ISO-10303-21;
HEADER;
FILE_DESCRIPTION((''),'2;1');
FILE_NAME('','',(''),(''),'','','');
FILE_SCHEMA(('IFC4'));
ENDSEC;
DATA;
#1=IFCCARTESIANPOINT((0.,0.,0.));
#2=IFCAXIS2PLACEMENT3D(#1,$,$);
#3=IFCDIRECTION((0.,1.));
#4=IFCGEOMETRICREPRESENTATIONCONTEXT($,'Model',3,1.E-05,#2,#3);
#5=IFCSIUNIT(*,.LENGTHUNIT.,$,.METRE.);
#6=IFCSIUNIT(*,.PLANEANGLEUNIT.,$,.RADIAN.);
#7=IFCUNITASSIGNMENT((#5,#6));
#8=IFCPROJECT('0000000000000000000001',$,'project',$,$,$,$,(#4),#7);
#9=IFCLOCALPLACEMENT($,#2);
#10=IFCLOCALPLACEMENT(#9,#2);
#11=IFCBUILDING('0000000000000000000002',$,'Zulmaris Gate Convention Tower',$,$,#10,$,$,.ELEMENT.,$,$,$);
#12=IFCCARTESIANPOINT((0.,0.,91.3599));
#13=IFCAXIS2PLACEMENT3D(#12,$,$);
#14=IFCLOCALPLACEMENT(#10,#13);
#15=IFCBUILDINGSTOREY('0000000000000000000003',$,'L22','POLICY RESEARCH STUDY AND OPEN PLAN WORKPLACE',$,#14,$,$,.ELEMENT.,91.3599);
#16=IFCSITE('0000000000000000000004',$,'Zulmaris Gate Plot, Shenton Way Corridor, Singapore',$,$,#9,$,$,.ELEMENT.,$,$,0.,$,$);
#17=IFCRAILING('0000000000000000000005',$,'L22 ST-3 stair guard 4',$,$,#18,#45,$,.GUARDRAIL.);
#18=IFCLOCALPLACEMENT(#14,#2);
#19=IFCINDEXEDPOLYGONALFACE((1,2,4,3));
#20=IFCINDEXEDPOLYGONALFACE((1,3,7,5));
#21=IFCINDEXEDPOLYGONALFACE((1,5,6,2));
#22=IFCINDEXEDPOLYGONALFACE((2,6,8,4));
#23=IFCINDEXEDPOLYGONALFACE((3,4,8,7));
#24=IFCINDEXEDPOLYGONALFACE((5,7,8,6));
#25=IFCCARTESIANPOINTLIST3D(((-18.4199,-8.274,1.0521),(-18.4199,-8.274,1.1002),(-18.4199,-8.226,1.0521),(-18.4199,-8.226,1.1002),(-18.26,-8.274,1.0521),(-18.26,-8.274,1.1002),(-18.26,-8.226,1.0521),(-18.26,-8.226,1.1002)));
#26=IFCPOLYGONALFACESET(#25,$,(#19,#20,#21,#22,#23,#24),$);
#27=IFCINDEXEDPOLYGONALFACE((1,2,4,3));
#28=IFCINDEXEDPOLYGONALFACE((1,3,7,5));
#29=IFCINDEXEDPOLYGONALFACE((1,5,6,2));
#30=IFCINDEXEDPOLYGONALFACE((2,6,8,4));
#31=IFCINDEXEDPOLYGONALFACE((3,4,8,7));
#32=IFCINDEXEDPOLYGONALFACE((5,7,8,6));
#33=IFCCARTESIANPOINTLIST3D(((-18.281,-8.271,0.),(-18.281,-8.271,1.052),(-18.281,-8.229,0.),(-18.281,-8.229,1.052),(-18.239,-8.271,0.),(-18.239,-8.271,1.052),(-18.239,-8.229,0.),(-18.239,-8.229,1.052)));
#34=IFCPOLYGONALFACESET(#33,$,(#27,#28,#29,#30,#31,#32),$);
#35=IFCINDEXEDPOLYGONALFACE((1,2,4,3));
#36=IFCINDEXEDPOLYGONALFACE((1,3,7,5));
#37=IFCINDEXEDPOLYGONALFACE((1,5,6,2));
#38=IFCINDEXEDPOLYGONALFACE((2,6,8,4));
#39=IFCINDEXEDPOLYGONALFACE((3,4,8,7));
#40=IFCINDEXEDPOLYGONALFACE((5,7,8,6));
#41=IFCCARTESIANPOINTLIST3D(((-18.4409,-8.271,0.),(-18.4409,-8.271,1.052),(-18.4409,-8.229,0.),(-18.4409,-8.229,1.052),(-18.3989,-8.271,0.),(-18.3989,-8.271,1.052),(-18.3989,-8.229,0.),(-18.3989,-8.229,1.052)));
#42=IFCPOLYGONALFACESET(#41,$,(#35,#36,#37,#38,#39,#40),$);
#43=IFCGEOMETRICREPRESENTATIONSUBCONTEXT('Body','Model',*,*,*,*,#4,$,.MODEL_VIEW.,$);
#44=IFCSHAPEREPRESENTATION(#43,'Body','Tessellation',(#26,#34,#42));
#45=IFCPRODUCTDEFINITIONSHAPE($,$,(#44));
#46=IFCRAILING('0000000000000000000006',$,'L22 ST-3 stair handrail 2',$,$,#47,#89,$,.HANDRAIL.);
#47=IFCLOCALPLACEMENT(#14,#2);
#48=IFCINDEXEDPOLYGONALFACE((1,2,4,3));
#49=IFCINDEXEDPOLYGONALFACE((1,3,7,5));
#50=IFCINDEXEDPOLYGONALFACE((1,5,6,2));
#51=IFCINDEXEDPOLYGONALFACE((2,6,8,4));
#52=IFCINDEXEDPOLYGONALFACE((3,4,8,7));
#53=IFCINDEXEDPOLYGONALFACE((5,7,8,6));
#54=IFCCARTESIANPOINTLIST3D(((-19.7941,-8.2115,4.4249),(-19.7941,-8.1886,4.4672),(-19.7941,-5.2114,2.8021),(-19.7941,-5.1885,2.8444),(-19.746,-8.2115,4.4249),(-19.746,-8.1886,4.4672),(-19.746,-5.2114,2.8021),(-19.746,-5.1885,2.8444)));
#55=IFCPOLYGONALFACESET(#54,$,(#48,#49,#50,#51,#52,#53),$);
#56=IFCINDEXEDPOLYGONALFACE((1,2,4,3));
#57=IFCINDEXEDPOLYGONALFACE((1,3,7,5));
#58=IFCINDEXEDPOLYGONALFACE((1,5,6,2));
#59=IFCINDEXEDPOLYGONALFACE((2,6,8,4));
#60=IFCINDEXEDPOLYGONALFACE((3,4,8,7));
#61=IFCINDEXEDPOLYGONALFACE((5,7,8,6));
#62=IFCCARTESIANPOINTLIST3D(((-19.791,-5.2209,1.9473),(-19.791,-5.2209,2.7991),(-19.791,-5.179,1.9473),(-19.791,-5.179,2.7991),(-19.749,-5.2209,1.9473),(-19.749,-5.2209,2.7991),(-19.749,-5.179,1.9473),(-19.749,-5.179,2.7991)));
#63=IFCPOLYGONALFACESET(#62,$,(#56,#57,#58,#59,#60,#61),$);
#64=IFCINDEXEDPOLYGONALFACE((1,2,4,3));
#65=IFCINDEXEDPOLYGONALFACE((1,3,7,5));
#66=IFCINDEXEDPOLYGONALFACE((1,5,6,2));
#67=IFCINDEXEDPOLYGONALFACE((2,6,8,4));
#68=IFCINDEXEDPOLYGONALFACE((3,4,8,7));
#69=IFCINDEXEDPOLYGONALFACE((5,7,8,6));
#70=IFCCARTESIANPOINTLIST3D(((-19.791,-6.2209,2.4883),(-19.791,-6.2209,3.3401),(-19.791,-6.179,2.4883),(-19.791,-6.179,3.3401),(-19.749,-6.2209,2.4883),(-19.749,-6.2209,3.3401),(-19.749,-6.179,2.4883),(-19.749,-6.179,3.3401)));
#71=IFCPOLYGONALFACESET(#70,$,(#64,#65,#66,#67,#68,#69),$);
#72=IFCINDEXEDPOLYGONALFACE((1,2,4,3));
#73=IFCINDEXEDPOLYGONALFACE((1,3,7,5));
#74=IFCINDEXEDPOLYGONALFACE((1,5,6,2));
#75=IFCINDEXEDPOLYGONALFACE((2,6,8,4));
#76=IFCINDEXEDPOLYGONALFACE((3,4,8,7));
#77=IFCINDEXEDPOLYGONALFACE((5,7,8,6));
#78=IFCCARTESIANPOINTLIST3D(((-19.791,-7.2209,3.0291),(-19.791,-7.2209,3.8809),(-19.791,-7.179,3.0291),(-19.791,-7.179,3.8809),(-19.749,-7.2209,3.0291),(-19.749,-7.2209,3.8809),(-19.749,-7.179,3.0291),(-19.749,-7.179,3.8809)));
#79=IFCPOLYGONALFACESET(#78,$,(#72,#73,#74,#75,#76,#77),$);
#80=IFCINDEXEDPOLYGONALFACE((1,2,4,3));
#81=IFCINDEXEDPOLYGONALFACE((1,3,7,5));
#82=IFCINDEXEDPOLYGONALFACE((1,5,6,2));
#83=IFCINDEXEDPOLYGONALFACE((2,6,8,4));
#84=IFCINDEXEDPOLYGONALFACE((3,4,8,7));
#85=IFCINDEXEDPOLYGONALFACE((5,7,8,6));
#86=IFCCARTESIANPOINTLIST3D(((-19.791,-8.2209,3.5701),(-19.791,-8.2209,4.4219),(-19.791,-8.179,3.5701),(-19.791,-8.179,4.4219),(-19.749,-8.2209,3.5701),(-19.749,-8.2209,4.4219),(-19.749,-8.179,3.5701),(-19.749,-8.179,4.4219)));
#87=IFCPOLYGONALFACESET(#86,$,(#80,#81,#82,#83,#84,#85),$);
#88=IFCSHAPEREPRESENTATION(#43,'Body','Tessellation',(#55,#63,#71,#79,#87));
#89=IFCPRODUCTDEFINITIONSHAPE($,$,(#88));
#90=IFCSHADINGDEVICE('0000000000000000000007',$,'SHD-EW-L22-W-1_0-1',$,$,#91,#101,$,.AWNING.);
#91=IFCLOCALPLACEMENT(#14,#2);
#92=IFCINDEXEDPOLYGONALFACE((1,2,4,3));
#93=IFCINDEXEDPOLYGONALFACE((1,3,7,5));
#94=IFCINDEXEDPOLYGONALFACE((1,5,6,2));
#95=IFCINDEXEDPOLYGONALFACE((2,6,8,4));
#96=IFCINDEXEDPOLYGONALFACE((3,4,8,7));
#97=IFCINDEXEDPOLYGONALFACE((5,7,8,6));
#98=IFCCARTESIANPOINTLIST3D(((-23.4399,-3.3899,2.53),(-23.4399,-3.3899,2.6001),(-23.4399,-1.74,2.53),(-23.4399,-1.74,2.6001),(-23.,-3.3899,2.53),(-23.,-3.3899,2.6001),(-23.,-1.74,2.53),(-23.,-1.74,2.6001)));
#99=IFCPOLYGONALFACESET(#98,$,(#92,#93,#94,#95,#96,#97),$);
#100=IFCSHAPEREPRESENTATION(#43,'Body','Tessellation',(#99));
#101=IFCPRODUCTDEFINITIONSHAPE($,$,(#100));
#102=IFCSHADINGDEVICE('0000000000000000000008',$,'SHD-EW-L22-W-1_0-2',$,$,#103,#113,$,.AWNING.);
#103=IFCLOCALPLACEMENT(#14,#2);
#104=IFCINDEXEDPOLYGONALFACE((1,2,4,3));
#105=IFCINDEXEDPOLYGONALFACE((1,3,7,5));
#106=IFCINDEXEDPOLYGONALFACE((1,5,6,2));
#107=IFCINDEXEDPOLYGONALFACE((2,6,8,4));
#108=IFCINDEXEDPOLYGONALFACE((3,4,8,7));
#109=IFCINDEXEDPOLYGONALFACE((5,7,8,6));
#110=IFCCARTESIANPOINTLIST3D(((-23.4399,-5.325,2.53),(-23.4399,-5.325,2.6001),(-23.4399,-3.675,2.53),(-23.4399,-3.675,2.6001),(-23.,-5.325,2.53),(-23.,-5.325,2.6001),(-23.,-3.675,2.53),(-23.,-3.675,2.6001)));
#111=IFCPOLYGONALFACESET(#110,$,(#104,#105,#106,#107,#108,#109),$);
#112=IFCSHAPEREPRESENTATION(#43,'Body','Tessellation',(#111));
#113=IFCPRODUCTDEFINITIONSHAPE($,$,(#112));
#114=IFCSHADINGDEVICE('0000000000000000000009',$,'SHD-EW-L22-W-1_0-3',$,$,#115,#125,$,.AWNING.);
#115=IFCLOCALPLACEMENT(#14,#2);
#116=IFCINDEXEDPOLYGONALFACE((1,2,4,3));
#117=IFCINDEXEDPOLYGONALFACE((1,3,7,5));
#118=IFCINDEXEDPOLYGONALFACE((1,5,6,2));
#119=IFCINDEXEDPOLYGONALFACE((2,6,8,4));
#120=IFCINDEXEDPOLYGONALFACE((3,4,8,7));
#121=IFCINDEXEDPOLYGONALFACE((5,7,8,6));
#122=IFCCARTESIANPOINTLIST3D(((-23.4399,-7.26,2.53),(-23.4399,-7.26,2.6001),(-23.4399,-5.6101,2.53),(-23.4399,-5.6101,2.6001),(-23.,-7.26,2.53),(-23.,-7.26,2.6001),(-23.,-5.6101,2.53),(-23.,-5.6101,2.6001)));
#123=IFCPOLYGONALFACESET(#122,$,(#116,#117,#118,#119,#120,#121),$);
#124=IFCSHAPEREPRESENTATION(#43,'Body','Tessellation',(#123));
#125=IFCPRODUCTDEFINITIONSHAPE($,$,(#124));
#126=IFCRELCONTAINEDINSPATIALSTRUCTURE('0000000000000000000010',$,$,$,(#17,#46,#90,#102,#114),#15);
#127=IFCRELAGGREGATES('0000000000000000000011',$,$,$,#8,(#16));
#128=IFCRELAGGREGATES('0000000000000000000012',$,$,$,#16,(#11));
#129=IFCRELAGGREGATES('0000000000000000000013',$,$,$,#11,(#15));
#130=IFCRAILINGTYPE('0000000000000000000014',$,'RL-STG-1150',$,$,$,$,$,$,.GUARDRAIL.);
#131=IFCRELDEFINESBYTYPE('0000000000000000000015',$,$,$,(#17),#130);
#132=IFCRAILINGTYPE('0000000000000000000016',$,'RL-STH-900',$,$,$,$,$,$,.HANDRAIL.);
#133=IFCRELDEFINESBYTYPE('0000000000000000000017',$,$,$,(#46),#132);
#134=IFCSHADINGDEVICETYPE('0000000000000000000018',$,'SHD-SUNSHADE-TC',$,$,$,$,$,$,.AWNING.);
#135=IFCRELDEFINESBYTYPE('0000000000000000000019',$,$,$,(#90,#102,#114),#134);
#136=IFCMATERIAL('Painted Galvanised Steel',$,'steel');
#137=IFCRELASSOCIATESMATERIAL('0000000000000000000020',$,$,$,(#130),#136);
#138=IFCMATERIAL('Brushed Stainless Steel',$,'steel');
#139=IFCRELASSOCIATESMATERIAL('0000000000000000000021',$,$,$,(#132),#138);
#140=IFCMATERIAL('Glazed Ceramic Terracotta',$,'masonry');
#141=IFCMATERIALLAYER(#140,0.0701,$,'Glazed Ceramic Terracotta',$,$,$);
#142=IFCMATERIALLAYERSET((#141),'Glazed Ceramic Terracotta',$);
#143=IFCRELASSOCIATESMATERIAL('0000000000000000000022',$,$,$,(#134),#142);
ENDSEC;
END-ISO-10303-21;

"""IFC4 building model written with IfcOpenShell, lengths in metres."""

from ifc_helpers import new_model, si_unit, direction, frame, frame_2d, origin, origin_2d, place, context, subcontext, project, spatial, rectangle, extrude, material, layer, layer_set, type_object, element, save


model = new_model("IFC4")

# Units and contexts
model_context = context("Model", 3, precision=1e-05, world=origin(), true_north=direction((0.0, 1.0)))
body_context = subcontext(model_context, "Body", "Model", "MODEL_VIEW")
ifc_project = project(units=[si_unit("LENGTHUNIT", "METRE"), si_unit("PLANEANGLEUNIT", "RADIAN")], contexts=[model_context])

# Site, building, storey
site_placement = place(None, origin())
site = spatial("IfcSite", under=ifc_project, at=site_placement, Name="Zulmaris Gate Plot, Shenton Way Corridor, Singapore", CompositionType="ELEMENT", RefElevation=0.0)
building_placement = place(site_placement, origin())
building = spatial("IfcBuilding", under=site, at=building_placement, Name="Zulmaris Gate Convention Tower", CompositionType="ELEMENT")
storey_placement = place(building_placement, frame((0.0, 0.0, 91.3599)))
storey = spatial("IfcBuildingStorey", under=building, at=storey_placement, Name="L22", Description="POLICY RESEARCH STUDY AND OPEN PLAN WORKPLACE", CompositionType="ELEMENT", Elevation=91.3599)

# Railings
ifc_material_1 = material(Name="Painted Galvanised Steel", Category="steel")
railing_type_1 = type_object("IfcRailingType", Name="RL-STG-1150", PredefinedType="GUARDRAIL", material=ifc_material_1)
railing_1_placement = place(storey_placement, frame((-18.26, -8.25, 0.0)))
element("IfcRailing", 1, at=railing_1_placement, inside=storey, type_object=railing_type_1, Name="L22 ST-3 stair guard 4", PredefinedType="GUARDRAIL", context=body_context, shape_type="SweptSolid", body=[
    extrude(rectangle(XDim=0.0481, YDim=0.0481, at=origin_2d()), frame((0.0, 0.0, 1.0762), z_axis=(-1.0, 0.0, 0.0), x_axis=(0.0, -1.0, 0.0)), (0.0, 0.0, 1.0), 0.1599),
    extrude(rectangle(XDim=0.042, YDim=0.042, at=origin_2d()), origin(), (0.0, 0.0, 1.0), 1.052),
    extrude(rectangle(XDim=0.042, YDim=0.042, at=origin_2d()), frame((-0.1599, 0.0, 0.0)), (0.0, 0.0, 1.0), 1.052),
])
ifc_material_2 = material(Name="Brushed Stainless Steel", Category="steel")
railing_type_2 = type_object("IfcRailingType", Name="RL-STH-900", PredefinedType="HANDRAIL", material=ifc_material_2)
railing_2_placement = place(storey_placement, frame((-19.77, -5.2, 1.9473)))
element("IfcRailing", 2, at=railing_2_placement, inside=storey, type_object=railing_type_2, Name="L22 ST-3 stair handrail 2", PredefinedType="HANDRAIL", context=body_context, shape_type="SweptSolid", body=[
    extrude(rectangle(XDim=0.0481, YDim=0.0481, at=origin_2d()), frame((0.0, 0.0, 0.876), z_axis=(0.0, -0.879562, 0.475785), x_axis=(1.0, 0.0, 0.0)), (0.0, 0.0, 1.0), 3.4109),
    extrude(rectangle(XDim=0.042, YDim=0.042, at=origin_2d()), origin(), (0.0, 0.0, 1.0), 0.8518),
    extrude(rectangle(XDim=0.042, YDim=0.042, at=origin_2d()), frame((0.0, -1.0, 0.541)), (0.0, 0.0, 1.0), 0.8518),
    extrude(rectangle(XDim=0.042, YDim=0.042, at=origin_2d()), frame((0.0, -2.0, 1.0818)), (0.0, 0.0, 1.0), 0.8518),
    extrude(rectangle(XDim=0.042, YDim=0.042, at=origin_2d()), frame((0.0, -3.0, 1.6228)), (0.0, 0.0, 1.0), 0.8518),
])

# Shading devices
ifc_material_3 = material(Name="Glazed Ceramic Terracotta", Category="masonry")
ifc_layer_1 = layer(ifc_material_3, 0.0701, Name="Glazed Ceramic Terracotta")
ifc_layer_set_1 = layer_set([ifc_layer_1], Name="Glazed Ceramic Terracotta")
shading_device_type = type_object("IfcShadingDeviceType", Name="SHD-SUNSHADE-TC", PredefinedType="AWNING", material=ifc_layer_set_1)
for number, where, z_axis, x_axis, name in (
    (3, (-23.22, -1.74, 2.53), (0.0, 0.0, 1.0), (0.0, -1.0, 0.0), "SHD-EW-L22-W-1_0-1"),
    (4, (-23.22, -3.675, 2.53), (0.0, 0.0, 1.0), (0.0, -1.0, 0.0), "SHD-EW-L22-W-1_0-2"),
    (5, (-23.22, -5.6101, 2.53), (0.0, 0.0, 1.0), (0.0, -1.0, 0.0), "SHD-EW-L22-W-1_0-3"),
):
    element("IfcShadingDevice", number, at=place(storey_placement, frame(where, z_axis=z_axis, x_axis=x_axis)), inside=storey, type_object=shading_device_type, Name=name, PredefinedType="AWNING", context=body_context, shape_type="SweptSolid", body=[
        extrude(rectangle(XDim=1.6499, YDim=0.4399, at=frame_2d((0.825, 0.0))), origin(), (0.0, 0.0, 1.0), 0.0701),
    ])

save(model, "model.ifc")
